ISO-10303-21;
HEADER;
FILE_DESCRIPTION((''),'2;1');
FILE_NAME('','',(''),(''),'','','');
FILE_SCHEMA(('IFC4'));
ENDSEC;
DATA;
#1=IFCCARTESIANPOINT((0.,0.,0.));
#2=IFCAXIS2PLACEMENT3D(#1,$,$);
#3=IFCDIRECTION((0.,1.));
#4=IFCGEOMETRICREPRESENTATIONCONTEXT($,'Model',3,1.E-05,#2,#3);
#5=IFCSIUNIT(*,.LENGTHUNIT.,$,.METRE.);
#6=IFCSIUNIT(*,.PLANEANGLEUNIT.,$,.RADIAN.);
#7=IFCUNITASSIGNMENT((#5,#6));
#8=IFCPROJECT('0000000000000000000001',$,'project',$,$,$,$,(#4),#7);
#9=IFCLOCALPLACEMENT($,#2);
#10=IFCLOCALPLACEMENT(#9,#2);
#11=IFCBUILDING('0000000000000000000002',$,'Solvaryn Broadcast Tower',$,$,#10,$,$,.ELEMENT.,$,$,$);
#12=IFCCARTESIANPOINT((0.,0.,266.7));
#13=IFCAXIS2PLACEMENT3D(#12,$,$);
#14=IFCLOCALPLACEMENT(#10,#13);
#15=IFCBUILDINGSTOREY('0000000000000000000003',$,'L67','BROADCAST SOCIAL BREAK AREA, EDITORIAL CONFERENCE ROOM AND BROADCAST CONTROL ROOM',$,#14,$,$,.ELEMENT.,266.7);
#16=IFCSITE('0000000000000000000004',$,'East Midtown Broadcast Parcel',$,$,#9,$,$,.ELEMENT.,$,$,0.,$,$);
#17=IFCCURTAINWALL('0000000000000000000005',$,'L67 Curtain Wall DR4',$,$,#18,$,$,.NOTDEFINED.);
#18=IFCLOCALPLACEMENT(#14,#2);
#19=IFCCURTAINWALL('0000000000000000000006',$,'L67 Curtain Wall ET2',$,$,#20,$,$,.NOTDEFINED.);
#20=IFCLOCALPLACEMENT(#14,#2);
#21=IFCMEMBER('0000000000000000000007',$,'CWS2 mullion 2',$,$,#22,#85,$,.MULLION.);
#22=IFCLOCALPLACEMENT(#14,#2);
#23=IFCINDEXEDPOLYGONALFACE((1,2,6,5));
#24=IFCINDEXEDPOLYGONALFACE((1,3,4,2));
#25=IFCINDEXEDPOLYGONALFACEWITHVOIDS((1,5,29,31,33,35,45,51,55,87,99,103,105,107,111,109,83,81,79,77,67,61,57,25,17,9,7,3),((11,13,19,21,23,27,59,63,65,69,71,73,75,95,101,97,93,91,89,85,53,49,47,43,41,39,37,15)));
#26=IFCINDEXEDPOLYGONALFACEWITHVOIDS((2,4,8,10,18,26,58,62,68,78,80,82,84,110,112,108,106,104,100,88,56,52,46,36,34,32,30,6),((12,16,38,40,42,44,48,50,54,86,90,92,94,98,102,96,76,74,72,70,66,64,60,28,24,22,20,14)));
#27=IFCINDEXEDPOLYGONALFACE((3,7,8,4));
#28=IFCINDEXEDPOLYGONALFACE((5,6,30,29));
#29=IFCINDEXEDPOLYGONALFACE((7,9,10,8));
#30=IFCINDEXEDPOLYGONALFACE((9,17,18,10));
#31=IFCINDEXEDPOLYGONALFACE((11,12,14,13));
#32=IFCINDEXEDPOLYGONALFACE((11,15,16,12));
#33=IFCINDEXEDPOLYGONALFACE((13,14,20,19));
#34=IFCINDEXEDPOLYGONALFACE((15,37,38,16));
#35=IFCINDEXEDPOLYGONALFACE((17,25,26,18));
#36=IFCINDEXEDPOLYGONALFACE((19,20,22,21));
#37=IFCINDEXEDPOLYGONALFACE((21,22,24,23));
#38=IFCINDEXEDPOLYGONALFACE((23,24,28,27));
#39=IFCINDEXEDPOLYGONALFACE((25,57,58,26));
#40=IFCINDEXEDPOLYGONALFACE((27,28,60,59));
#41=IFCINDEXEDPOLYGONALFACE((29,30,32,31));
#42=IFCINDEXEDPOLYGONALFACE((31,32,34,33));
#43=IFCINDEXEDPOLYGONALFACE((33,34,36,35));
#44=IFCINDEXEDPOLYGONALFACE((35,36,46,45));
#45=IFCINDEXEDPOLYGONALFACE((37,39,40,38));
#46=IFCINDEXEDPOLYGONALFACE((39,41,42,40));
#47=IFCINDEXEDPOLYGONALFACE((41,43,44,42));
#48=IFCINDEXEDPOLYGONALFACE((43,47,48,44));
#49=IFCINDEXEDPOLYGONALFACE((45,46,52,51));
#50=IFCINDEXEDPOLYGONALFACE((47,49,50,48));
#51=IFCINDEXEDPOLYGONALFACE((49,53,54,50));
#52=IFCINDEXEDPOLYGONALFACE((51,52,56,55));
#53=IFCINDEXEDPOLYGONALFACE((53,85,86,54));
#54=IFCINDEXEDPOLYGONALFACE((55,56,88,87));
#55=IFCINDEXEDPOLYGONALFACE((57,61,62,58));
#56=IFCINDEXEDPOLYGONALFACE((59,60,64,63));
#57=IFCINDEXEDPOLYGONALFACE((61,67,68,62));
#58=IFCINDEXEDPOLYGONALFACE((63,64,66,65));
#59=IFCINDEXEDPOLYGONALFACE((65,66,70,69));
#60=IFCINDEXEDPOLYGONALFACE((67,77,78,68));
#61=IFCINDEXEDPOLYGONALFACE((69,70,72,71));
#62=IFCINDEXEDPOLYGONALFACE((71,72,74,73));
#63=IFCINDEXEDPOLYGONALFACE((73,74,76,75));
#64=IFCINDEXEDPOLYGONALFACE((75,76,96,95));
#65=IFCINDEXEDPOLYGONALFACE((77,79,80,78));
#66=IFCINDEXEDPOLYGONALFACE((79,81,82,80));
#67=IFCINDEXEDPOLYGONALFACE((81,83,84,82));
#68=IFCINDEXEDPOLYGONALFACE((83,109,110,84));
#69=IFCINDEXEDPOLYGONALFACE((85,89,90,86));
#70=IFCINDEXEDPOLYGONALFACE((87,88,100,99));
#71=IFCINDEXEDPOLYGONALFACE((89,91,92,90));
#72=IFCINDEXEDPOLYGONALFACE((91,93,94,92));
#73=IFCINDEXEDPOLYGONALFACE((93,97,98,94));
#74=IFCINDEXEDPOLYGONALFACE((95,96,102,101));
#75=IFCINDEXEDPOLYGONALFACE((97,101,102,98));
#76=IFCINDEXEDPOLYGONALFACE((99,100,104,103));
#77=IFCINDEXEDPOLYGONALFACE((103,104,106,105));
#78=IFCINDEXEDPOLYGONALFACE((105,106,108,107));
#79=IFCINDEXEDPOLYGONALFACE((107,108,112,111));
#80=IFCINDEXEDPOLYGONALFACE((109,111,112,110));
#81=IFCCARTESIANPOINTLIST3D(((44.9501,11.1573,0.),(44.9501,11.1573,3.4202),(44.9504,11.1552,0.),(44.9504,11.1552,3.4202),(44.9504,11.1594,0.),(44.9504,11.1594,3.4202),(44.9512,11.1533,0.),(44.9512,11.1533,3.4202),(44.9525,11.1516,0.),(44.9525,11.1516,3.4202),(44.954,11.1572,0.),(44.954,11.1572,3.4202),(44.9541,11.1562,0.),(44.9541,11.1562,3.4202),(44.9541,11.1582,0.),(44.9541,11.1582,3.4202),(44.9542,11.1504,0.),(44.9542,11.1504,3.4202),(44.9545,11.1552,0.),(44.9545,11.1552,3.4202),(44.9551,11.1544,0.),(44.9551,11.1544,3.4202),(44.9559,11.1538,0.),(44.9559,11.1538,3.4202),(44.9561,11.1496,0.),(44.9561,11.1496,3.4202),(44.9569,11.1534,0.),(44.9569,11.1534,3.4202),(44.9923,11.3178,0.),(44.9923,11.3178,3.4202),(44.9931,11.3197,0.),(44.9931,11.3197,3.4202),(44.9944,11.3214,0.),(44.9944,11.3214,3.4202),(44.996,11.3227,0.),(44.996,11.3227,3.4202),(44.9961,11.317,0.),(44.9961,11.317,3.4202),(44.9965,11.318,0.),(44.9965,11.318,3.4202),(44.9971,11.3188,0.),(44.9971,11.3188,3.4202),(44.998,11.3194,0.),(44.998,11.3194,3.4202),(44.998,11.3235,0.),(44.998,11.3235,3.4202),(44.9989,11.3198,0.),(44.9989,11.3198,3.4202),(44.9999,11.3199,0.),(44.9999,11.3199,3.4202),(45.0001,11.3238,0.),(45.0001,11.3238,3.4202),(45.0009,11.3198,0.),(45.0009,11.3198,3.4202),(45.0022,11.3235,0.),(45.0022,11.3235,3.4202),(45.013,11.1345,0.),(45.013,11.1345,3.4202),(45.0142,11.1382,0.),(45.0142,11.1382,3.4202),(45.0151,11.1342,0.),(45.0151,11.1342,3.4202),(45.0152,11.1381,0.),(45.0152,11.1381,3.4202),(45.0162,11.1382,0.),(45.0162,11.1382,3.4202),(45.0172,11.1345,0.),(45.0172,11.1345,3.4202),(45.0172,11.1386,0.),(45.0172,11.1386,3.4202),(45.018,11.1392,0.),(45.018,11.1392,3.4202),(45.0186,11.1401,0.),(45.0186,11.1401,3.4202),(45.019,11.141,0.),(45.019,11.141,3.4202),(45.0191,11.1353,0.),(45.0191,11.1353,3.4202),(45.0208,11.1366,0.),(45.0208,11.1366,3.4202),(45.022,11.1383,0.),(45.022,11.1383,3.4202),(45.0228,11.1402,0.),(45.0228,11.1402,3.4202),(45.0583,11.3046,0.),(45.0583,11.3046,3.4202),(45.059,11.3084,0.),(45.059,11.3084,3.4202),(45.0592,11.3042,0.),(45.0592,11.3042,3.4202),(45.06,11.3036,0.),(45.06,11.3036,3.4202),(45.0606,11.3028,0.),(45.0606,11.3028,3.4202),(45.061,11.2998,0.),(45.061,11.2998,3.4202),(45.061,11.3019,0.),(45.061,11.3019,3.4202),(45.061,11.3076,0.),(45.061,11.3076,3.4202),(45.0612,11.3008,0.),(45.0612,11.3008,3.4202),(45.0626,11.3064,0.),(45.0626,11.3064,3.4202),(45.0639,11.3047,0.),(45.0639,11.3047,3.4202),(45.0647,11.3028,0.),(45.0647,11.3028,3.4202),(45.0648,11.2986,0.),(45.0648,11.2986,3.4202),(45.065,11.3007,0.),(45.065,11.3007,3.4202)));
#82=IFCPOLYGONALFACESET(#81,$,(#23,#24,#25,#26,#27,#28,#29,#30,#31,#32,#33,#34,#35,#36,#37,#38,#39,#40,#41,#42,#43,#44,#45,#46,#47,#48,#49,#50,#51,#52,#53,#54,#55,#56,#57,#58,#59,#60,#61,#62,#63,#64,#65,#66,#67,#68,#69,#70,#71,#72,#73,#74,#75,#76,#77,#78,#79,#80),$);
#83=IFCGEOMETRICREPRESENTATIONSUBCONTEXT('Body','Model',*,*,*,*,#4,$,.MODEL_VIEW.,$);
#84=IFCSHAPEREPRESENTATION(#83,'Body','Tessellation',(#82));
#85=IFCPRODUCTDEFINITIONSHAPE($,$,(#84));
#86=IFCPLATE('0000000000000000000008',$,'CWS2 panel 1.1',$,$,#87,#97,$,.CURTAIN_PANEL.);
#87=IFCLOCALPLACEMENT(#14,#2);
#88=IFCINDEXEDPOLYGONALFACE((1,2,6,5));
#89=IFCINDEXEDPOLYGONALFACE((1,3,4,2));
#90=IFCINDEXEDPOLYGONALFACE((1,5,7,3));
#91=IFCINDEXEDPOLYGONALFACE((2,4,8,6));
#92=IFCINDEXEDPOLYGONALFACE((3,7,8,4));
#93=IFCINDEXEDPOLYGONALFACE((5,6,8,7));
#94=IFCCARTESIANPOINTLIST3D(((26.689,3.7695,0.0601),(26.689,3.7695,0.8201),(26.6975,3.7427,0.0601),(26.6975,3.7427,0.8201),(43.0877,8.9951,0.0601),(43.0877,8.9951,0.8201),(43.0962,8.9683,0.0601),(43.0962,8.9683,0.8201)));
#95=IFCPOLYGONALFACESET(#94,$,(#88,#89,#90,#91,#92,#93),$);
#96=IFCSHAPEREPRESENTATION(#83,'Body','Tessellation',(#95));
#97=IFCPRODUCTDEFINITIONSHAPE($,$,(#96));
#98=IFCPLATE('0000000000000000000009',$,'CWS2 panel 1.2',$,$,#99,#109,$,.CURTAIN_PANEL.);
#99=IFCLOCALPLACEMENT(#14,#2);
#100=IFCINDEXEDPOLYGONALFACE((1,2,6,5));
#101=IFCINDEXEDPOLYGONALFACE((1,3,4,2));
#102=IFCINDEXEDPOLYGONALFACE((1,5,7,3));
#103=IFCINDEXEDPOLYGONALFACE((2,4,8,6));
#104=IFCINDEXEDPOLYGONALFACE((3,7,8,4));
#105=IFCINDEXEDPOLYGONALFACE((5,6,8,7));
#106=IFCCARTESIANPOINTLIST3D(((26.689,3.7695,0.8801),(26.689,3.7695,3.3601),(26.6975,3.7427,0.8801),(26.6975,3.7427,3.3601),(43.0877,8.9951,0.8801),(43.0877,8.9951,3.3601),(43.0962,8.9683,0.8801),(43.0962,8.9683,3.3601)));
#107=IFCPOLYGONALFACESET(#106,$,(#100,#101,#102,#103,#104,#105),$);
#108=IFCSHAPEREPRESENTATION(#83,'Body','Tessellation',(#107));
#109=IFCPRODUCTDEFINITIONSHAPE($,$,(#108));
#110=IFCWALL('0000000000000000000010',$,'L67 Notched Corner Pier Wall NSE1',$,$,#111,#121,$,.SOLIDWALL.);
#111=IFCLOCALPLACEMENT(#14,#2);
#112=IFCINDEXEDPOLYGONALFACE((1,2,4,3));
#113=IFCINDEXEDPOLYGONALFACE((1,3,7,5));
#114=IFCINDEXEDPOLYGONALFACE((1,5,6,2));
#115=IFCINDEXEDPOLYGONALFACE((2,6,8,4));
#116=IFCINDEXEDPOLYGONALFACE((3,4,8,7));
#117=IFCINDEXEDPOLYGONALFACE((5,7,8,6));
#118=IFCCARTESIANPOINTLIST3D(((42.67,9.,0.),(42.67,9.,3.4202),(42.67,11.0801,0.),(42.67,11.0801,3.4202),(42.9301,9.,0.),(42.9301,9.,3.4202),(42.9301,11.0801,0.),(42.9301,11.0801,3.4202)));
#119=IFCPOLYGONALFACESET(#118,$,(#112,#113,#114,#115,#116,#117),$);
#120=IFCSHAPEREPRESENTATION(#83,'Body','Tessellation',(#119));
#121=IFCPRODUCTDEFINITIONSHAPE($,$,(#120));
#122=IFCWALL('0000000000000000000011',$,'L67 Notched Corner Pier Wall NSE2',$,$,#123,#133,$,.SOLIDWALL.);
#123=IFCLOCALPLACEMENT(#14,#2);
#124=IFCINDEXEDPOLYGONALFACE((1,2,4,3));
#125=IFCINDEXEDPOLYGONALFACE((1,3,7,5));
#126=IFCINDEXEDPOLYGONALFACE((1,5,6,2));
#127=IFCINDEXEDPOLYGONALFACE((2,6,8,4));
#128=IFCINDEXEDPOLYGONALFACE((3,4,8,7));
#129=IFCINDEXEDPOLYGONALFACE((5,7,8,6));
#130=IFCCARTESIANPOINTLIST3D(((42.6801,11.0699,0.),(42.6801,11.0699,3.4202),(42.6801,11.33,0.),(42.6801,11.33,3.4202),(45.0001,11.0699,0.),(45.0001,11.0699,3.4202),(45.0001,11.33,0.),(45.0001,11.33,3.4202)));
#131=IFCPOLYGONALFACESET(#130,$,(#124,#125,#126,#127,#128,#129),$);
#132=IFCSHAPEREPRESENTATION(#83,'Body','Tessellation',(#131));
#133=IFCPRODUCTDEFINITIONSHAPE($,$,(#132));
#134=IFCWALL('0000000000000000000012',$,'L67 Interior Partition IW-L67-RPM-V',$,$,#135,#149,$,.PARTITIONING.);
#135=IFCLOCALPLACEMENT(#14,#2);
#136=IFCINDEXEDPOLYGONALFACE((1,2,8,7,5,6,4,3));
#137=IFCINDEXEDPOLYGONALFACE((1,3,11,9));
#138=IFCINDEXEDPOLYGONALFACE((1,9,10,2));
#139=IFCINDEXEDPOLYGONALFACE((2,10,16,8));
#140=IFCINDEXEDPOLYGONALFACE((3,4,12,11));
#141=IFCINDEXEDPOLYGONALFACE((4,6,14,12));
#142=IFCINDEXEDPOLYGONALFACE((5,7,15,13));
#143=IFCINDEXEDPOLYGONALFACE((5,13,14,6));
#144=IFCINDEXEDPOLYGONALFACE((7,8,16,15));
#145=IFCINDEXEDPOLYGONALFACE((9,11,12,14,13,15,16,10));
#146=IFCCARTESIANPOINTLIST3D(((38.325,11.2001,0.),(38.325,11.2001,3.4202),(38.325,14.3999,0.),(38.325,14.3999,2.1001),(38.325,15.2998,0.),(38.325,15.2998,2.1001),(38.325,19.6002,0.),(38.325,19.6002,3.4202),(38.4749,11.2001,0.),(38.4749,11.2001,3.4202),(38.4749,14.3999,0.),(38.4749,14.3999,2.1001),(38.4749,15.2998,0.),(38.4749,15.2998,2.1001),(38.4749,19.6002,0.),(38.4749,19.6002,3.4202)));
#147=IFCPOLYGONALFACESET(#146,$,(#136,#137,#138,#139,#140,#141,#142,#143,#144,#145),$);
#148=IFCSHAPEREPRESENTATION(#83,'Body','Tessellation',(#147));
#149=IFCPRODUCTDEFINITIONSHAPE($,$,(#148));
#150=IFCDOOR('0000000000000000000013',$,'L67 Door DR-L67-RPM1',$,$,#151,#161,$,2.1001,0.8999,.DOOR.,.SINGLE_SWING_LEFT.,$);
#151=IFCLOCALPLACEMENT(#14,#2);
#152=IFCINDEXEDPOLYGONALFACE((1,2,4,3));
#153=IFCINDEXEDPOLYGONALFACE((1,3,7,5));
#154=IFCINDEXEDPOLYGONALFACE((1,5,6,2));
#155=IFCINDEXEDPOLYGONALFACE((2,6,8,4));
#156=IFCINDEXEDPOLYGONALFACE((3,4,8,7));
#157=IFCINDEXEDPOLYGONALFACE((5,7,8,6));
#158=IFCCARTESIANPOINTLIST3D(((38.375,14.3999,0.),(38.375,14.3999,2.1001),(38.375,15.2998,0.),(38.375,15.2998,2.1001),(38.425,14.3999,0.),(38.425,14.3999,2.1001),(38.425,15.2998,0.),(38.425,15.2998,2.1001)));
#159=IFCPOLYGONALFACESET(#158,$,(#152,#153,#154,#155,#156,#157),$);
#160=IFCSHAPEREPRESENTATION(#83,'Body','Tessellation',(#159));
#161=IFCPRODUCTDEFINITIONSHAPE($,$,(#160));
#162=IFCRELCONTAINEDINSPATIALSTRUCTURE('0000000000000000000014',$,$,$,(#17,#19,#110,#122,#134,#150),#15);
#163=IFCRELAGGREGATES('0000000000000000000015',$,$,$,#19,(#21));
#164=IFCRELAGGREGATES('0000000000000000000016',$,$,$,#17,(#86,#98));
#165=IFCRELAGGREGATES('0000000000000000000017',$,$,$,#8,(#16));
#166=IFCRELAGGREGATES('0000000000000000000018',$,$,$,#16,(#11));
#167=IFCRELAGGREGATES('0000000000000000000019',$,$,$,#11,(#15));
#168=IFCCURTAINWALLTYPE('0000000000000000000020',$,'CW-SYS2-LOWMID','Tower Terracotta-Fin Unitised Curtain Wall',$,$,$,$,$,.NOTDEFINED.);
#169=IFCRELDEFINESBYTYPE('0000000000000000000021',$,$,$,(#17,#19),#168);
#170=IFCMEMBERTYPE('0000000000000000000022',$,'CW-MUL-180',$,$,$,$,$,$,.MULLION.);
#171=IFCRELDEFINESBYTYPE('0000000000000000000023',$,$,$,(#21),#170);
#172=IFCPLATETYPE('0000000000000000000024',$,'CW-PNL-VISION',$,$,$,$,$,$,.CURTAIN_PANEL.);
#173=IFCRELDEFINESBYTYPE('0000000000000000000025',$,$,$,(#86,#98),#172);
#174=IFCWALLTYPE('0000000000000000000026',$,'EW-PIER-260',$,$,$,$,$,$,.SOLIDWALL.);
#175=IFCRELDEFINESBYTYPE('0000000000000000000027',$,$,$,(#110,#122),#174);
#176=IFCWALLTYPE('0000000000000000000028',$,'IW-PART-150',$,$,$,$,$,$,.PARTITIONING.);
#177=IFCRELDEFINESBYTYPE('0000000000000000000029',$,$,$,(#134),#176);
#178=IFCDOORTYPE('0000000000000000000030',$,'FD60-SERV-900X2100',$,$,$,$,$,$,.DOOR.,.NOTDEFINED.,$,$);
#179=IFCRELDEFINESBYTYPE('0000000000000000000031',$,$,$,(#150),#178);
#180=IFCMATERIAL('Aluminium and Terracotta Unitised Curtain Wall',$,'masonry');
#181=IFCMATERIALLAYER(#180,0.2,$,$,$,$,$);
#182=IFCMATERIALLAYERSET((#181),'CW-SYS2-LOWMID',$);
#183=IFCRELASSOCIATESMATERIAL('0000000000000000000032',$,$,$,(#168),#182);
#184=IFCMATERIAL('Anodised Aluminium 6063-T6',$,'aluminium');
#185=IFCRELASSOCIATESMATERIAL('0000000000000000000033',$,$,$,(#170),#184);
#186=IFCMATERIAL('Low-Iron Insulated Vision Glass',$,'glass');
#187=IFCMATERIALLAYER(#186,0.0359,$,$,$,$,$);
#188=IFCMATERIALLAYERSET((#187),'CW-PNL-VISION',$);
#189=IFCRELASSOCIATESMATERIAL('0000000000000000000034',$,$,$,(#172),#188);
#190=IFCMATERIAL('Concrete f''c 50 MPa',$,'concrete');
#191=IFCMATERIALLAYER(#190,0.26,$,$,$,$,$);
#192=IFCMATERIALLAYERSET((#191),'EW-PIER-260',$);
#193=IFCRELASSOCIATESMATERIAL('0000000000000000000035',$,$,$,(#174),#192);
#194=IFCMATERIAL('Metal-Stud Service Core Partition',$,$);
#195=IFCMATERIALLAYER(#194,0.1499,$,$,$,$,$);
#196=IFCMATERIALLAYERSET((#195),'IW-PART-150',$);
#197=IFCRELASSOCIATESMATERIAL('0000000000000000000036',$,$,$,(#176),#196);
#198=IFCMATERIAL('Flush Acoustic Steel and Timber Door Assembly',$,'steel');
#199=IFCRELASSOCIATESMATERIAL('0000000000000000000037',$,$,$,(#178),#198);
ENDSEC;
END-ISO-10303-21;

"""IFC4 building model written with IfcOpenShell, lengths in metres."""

from ifc_helpers import new_model, si_unit, direction, frame, frame_2d, origin, origin_2d, place, context, subcontext, project, spatial, rectangle, hollow_rectangle, extrude, material, layer, layer_set, material_profile, profile_set, type_object, element, fill, aggregate, save


model = new_model("IFC4")

# Units and contexts
model_context = context("Model", 3, precision=1e-05, world=origin(), true_north=direction((0.0, 1.0)))
body_context = subcontext(model_context, "Body", "Model", "MODEL_VIEW")
ifc_project = project(units=[si_unit("LENGTHUNIT", "METRE"), si_unit("PLANEANGLEUNIT", "RADIAN")], contexts=[model_context])

# Site, building, storey
site_placement = place(None, origin())
site = spatial("IfcSite", under=ifc_project, at=site_placement, Name="East Midtown Broadcast Parcel", CompositionType="ELEMENT", RefElevation=0.0)
building_placement = place(site_placement, origin())
building = spatial("IfcBuilding", under=site, at=building_placement, Name="Solvaryn Broadcast Tower", CompositionType="ELEMENT")
storey_placement = place(building_placement, frame((0.0, 0.0, 266.7)))
storey = spatial("IfcBuildingStorey", under=building, at=storey_placement, Name="L67", Description="BROADCAST SOCIAL BREAK AREA, EDITORIAL CONFERENCE ROOM AND BROADCAST CONTROL ROOM", CompositionType="ELEMENT", Elevation=266.7)

# Curtain walls, member
ifc_material_1 = material(Name="Aluminium and Terracotta Unitised Curtain Wall", Category="masonry")
ifc_layer_1 = layer(ifc_material_1, 0.2)
ifc_layer_set_1 = layer_set([ifc_layer_1], Name="CW-SYS2-LOWMID")
curtain_wall_type = type_object("IfcCurtainWallType", Name="CW-SYS2-LOWMID", Description="Tower Terracotta-Fin Unitised Curtain Wall", PredefinedType="NOTDEFINED", material=ifc_layer_set_1)
curtain_wall_1_placement = place(storey_placement, origin())
curtain_wall_1 = element("IfcCurtainWall", 1, at=curtain_wall_1_placement, inside=storey, type_object=curtain_wall_type, Name="L67 Curtain Wall DR4", PredefinedType="NOTDEFINED")
ifc_material_2 = material(Name="Anodised Aluminium 6063-T6", Category="aluminium")
ifc_material_profile_1 = material_profile(ifc_material_2, hollow_rectangle(XDim=0.075, YDim=0.1799, WallThickness=0.0039, InnerFilletRadius=0.0039, OuterFilletRadius=0.0081, at=origin_2d()))
ifc_profile_set_1 = profile_set([ifc_material_profile_1], Name="Anodised Aluminium 6063-T6")
member_type = type_object("IfcMemberType", Name="CW-MUL-180", PredefinedType="MULLION", material=ifc_profile_set_1)
curtain_wall_2_placement = place(storey_placement, origin())
curtain_wall_2 = element("IfcCurtainWall", 2, at=curtain_wall_2_placement, inside=storey, type_object=curtain_wall_type, Name="L67 Curtain Wall ET2", PredefinedType="NOTDEFINED")
member_1_placement = place(storey_placement, frame((45.0076, 11.229, 0.0), z_axis=(0.0, 0.0, 1.0), x_axis=(0.966705, -0.255893, 0.0)))
member_1 = element("IfcMember", 3, at=member_1_placement, type_object=member_type, Name="CWS2 mullion 2", PredefinedType="MULLION", context=body_context, shape_type="SweptSolid", body=[
    extrude(hollow_rectangle(XDim=0.075, YDim=0.1799, WallThickness=0.0039, InnerFilletRadius=0.0039, OuterFilletRadius=0.0081, at=origin_2d()), origin(), (0.0, 0.0, 1.0), 3.4202),
])
aggregate(curtain_wall_2, [member_1])

# Plates
ifc_material_3 = material(Name="Low-Iron Insulated Vision Glass", Category="glass")
ifc_layer_2 = layer(ifc_material_3, 0.0359)
ifc_layer_set_2 = layer_set([ifc_layer_2], Name="CW-PNL-VISION")
plate_type = type_object("IfcPlateType", Name="CW-PNL-VISION", PredefinedType="CURTAIN_PANEL", material=ifc_layer_set_2)
plate_1_placement = place(storey_placement, frame((34.8926, 6.3689, 0.0601), z_axis=(0.0, 0.0, 1.0), x_axis=(0.952795, 0.303616, 0.0)))
plate_1 = element("IfcPlate", 4, at=plate_1_placement, type_object=plate_type, Name="CWS2 panel 1.1", PredefinedType="CURTAIN_PANEL", context=body_context, shape_type="SweptSolid", body=[
    extrude(rectangle(XDim=17.2112, YDim=0.0281, at=origin_2d()), origin(), (0.0, 0.0, 1.0), 0.76),
])
plate_2_placement = place(storey_placement, frame((34.8926, 6.3689, 0.8801), z_axis=(0.0, 0.0, 1.0), x_axis=(0.952795, 0.303616, 0.0)))
plate_2 = element("IfcPlate", 5, at=plate_2_placement, type_object=plate_type, Name="CWS2 panel 1.2", PredefinedType="CURTAIN_PANEL", context=body_context, shape_type="SweptSolid", body=[
    extrude(rectangle(XDim=17.2112, YDim=0.0281, at=origin_2d()), origin(), (0.0, 0.0, 1.0), 2.48),
])
aggregate(curtain_wall_1, [plate_1, plate_2])

# Walls
ifc_material_4 = material(Name="Concrete f'c 50 MPa", Category="concrete")
ifc_layer_3 = layer(ifc_material_4, 0.26)
ifc_layer_set_3 = layer_set([ifc_layer_3], Name="EW-PIER-260")
wall_type_1 = type_object("IfcWallType", Name="EW-PIER-260", PredefinedType="SOLIDWALL", material=ifc_layer_set_3)
wall_1_placement = place(storey_placement, frame((42.8, 9.0, 0.0), z_axis=(0.0, 0.0, 1.0), x_axis=(0.0, 1.0, 0.0)))
element("IfcWall", 6, at=wall_1_placement, inside=storey, type_object=wall_type_1, Name="L67 Notched Corner Pier Wall NSE1", PredefinedType="SOLIDWALL", context=body_context, shape_type="SweptSolid", body=[
    extrude(rectangle(XDim=2.0801, YDim=0.26, at=frame_2d((1.04, 0.0))), origin(), (0.0, 0.0, 1.0), 3.4202),
])
wall_2_placement = place(storey_placement, frame((42.6799, 11.2, 0.0), z_axis=(0.0, 0.0, 1.0), x_axis=(1.0, 0.0, 0.0)))
element("IfcWall", 7, at=wall_2_placement, inside=storey, type_object=wall_type_1, Name="L67 Notched Corner Pier Wall NSE2", PredefinedType="SOLIDWALL", context=body_context, shape_type="SweptSolid", body=[
    extrude(rectangle(XDim=2.3201, YDim=0.26, at=frame_2d((1.1602, 0.0))), origin(), (0.0, 0.0, 1.0), 3.4202),
])

# Wall, opening, door
ifc_material_5 = material(Name="Metal-Stud Service Core Partition")
ifc_layer_4 = layer(ifc_material_5, 0.1499)
ifc_layer_set_4 = layer_set([ifc_layer_4], Name="IW-PART-150")
wall_type_2 = type_object("IfcWallType", Name="IW-PART-150", PredefinedType="PARTITIONING", material=ifc_layer_set_4)
wall_3_placement = place(storey_placement, frame((38.3999, 11.2, 0.0), z_axis=(0.0, 0.0, 1.0), x_axis=(0.0, 1.0, 0.0)))
wall_3 = element("IfcWall", 8, at=wall_3_placement, inside=storey, type_object=wall_type_2, Name="L67 Interior Partition IW-L67-RPM-V", PredefinedType="PARTITIONING", context=body_context, shape_type="SweptSolid", body=[
    extrude(rectangle(XDim=8.4001, YDim=0.1499, at=frame_2d((4.2002, 0.0))), origin(), (0.0, 0.0, 1.0), 3.4202),
])
opening_1_placement = place(wall_3_placement, frame((3.2, 0.0, 0.0)))
opening_1 = element("IfcOpeningElement", 9, at=opening_1_placement, cuts=wall_3, PredefinedType="OPENING", context=body_context, shape_type="SweptSolid", body=[
    extrude(rectangle(XDim=0.8999, YDim=2.1001, at=frame_2d((0.45, 1.05))), frame((0.0, 0.085, 0.0), z_axis=(0.0, -1.0, 0.0), x_axis=(1.0, 0.0, 0.0)), (0.0, 0.0, 1.0), 0.1699),
])
ifc_material_6 = material(Name="Flush Acoustic Steel and Timber Door Assembly", Category="steel")
door_type = type_object("IfcDoorType", Name="FD60-SERV-900X2100", OperationType="NOTDEFINED", PredefinedType="DOOR", material=ifc_material_6)
door_1_placement = place(opening_1_placement, origin())
door_1 = element("IfcDoor", 10, at=door_1_placement, inside=storey, type_object=door_type, Name="L67 Door DR-L67-RPM1", OperationType="SINGLE_SWING_LEFT", OverallHeight=2.1001, OverallWidth=0.8999, PredefinedType="DOOR", context=body_context, shape_type="SweptSolid", body=[
    extrude(rectangle(XDim=0.8999, YDim=2.1001, at=frame_2d((0.45, 1.05))), frame((0.0, 0.0249, 0.0), z_axis=(0.0, -1.0, 0.0), x_axis=(1.0, 0.0, 0.0)), (0.0, 0.0, 1.0), 0.05),
])
fill(opening_1, door_1)

save(model, "model.ifc")
